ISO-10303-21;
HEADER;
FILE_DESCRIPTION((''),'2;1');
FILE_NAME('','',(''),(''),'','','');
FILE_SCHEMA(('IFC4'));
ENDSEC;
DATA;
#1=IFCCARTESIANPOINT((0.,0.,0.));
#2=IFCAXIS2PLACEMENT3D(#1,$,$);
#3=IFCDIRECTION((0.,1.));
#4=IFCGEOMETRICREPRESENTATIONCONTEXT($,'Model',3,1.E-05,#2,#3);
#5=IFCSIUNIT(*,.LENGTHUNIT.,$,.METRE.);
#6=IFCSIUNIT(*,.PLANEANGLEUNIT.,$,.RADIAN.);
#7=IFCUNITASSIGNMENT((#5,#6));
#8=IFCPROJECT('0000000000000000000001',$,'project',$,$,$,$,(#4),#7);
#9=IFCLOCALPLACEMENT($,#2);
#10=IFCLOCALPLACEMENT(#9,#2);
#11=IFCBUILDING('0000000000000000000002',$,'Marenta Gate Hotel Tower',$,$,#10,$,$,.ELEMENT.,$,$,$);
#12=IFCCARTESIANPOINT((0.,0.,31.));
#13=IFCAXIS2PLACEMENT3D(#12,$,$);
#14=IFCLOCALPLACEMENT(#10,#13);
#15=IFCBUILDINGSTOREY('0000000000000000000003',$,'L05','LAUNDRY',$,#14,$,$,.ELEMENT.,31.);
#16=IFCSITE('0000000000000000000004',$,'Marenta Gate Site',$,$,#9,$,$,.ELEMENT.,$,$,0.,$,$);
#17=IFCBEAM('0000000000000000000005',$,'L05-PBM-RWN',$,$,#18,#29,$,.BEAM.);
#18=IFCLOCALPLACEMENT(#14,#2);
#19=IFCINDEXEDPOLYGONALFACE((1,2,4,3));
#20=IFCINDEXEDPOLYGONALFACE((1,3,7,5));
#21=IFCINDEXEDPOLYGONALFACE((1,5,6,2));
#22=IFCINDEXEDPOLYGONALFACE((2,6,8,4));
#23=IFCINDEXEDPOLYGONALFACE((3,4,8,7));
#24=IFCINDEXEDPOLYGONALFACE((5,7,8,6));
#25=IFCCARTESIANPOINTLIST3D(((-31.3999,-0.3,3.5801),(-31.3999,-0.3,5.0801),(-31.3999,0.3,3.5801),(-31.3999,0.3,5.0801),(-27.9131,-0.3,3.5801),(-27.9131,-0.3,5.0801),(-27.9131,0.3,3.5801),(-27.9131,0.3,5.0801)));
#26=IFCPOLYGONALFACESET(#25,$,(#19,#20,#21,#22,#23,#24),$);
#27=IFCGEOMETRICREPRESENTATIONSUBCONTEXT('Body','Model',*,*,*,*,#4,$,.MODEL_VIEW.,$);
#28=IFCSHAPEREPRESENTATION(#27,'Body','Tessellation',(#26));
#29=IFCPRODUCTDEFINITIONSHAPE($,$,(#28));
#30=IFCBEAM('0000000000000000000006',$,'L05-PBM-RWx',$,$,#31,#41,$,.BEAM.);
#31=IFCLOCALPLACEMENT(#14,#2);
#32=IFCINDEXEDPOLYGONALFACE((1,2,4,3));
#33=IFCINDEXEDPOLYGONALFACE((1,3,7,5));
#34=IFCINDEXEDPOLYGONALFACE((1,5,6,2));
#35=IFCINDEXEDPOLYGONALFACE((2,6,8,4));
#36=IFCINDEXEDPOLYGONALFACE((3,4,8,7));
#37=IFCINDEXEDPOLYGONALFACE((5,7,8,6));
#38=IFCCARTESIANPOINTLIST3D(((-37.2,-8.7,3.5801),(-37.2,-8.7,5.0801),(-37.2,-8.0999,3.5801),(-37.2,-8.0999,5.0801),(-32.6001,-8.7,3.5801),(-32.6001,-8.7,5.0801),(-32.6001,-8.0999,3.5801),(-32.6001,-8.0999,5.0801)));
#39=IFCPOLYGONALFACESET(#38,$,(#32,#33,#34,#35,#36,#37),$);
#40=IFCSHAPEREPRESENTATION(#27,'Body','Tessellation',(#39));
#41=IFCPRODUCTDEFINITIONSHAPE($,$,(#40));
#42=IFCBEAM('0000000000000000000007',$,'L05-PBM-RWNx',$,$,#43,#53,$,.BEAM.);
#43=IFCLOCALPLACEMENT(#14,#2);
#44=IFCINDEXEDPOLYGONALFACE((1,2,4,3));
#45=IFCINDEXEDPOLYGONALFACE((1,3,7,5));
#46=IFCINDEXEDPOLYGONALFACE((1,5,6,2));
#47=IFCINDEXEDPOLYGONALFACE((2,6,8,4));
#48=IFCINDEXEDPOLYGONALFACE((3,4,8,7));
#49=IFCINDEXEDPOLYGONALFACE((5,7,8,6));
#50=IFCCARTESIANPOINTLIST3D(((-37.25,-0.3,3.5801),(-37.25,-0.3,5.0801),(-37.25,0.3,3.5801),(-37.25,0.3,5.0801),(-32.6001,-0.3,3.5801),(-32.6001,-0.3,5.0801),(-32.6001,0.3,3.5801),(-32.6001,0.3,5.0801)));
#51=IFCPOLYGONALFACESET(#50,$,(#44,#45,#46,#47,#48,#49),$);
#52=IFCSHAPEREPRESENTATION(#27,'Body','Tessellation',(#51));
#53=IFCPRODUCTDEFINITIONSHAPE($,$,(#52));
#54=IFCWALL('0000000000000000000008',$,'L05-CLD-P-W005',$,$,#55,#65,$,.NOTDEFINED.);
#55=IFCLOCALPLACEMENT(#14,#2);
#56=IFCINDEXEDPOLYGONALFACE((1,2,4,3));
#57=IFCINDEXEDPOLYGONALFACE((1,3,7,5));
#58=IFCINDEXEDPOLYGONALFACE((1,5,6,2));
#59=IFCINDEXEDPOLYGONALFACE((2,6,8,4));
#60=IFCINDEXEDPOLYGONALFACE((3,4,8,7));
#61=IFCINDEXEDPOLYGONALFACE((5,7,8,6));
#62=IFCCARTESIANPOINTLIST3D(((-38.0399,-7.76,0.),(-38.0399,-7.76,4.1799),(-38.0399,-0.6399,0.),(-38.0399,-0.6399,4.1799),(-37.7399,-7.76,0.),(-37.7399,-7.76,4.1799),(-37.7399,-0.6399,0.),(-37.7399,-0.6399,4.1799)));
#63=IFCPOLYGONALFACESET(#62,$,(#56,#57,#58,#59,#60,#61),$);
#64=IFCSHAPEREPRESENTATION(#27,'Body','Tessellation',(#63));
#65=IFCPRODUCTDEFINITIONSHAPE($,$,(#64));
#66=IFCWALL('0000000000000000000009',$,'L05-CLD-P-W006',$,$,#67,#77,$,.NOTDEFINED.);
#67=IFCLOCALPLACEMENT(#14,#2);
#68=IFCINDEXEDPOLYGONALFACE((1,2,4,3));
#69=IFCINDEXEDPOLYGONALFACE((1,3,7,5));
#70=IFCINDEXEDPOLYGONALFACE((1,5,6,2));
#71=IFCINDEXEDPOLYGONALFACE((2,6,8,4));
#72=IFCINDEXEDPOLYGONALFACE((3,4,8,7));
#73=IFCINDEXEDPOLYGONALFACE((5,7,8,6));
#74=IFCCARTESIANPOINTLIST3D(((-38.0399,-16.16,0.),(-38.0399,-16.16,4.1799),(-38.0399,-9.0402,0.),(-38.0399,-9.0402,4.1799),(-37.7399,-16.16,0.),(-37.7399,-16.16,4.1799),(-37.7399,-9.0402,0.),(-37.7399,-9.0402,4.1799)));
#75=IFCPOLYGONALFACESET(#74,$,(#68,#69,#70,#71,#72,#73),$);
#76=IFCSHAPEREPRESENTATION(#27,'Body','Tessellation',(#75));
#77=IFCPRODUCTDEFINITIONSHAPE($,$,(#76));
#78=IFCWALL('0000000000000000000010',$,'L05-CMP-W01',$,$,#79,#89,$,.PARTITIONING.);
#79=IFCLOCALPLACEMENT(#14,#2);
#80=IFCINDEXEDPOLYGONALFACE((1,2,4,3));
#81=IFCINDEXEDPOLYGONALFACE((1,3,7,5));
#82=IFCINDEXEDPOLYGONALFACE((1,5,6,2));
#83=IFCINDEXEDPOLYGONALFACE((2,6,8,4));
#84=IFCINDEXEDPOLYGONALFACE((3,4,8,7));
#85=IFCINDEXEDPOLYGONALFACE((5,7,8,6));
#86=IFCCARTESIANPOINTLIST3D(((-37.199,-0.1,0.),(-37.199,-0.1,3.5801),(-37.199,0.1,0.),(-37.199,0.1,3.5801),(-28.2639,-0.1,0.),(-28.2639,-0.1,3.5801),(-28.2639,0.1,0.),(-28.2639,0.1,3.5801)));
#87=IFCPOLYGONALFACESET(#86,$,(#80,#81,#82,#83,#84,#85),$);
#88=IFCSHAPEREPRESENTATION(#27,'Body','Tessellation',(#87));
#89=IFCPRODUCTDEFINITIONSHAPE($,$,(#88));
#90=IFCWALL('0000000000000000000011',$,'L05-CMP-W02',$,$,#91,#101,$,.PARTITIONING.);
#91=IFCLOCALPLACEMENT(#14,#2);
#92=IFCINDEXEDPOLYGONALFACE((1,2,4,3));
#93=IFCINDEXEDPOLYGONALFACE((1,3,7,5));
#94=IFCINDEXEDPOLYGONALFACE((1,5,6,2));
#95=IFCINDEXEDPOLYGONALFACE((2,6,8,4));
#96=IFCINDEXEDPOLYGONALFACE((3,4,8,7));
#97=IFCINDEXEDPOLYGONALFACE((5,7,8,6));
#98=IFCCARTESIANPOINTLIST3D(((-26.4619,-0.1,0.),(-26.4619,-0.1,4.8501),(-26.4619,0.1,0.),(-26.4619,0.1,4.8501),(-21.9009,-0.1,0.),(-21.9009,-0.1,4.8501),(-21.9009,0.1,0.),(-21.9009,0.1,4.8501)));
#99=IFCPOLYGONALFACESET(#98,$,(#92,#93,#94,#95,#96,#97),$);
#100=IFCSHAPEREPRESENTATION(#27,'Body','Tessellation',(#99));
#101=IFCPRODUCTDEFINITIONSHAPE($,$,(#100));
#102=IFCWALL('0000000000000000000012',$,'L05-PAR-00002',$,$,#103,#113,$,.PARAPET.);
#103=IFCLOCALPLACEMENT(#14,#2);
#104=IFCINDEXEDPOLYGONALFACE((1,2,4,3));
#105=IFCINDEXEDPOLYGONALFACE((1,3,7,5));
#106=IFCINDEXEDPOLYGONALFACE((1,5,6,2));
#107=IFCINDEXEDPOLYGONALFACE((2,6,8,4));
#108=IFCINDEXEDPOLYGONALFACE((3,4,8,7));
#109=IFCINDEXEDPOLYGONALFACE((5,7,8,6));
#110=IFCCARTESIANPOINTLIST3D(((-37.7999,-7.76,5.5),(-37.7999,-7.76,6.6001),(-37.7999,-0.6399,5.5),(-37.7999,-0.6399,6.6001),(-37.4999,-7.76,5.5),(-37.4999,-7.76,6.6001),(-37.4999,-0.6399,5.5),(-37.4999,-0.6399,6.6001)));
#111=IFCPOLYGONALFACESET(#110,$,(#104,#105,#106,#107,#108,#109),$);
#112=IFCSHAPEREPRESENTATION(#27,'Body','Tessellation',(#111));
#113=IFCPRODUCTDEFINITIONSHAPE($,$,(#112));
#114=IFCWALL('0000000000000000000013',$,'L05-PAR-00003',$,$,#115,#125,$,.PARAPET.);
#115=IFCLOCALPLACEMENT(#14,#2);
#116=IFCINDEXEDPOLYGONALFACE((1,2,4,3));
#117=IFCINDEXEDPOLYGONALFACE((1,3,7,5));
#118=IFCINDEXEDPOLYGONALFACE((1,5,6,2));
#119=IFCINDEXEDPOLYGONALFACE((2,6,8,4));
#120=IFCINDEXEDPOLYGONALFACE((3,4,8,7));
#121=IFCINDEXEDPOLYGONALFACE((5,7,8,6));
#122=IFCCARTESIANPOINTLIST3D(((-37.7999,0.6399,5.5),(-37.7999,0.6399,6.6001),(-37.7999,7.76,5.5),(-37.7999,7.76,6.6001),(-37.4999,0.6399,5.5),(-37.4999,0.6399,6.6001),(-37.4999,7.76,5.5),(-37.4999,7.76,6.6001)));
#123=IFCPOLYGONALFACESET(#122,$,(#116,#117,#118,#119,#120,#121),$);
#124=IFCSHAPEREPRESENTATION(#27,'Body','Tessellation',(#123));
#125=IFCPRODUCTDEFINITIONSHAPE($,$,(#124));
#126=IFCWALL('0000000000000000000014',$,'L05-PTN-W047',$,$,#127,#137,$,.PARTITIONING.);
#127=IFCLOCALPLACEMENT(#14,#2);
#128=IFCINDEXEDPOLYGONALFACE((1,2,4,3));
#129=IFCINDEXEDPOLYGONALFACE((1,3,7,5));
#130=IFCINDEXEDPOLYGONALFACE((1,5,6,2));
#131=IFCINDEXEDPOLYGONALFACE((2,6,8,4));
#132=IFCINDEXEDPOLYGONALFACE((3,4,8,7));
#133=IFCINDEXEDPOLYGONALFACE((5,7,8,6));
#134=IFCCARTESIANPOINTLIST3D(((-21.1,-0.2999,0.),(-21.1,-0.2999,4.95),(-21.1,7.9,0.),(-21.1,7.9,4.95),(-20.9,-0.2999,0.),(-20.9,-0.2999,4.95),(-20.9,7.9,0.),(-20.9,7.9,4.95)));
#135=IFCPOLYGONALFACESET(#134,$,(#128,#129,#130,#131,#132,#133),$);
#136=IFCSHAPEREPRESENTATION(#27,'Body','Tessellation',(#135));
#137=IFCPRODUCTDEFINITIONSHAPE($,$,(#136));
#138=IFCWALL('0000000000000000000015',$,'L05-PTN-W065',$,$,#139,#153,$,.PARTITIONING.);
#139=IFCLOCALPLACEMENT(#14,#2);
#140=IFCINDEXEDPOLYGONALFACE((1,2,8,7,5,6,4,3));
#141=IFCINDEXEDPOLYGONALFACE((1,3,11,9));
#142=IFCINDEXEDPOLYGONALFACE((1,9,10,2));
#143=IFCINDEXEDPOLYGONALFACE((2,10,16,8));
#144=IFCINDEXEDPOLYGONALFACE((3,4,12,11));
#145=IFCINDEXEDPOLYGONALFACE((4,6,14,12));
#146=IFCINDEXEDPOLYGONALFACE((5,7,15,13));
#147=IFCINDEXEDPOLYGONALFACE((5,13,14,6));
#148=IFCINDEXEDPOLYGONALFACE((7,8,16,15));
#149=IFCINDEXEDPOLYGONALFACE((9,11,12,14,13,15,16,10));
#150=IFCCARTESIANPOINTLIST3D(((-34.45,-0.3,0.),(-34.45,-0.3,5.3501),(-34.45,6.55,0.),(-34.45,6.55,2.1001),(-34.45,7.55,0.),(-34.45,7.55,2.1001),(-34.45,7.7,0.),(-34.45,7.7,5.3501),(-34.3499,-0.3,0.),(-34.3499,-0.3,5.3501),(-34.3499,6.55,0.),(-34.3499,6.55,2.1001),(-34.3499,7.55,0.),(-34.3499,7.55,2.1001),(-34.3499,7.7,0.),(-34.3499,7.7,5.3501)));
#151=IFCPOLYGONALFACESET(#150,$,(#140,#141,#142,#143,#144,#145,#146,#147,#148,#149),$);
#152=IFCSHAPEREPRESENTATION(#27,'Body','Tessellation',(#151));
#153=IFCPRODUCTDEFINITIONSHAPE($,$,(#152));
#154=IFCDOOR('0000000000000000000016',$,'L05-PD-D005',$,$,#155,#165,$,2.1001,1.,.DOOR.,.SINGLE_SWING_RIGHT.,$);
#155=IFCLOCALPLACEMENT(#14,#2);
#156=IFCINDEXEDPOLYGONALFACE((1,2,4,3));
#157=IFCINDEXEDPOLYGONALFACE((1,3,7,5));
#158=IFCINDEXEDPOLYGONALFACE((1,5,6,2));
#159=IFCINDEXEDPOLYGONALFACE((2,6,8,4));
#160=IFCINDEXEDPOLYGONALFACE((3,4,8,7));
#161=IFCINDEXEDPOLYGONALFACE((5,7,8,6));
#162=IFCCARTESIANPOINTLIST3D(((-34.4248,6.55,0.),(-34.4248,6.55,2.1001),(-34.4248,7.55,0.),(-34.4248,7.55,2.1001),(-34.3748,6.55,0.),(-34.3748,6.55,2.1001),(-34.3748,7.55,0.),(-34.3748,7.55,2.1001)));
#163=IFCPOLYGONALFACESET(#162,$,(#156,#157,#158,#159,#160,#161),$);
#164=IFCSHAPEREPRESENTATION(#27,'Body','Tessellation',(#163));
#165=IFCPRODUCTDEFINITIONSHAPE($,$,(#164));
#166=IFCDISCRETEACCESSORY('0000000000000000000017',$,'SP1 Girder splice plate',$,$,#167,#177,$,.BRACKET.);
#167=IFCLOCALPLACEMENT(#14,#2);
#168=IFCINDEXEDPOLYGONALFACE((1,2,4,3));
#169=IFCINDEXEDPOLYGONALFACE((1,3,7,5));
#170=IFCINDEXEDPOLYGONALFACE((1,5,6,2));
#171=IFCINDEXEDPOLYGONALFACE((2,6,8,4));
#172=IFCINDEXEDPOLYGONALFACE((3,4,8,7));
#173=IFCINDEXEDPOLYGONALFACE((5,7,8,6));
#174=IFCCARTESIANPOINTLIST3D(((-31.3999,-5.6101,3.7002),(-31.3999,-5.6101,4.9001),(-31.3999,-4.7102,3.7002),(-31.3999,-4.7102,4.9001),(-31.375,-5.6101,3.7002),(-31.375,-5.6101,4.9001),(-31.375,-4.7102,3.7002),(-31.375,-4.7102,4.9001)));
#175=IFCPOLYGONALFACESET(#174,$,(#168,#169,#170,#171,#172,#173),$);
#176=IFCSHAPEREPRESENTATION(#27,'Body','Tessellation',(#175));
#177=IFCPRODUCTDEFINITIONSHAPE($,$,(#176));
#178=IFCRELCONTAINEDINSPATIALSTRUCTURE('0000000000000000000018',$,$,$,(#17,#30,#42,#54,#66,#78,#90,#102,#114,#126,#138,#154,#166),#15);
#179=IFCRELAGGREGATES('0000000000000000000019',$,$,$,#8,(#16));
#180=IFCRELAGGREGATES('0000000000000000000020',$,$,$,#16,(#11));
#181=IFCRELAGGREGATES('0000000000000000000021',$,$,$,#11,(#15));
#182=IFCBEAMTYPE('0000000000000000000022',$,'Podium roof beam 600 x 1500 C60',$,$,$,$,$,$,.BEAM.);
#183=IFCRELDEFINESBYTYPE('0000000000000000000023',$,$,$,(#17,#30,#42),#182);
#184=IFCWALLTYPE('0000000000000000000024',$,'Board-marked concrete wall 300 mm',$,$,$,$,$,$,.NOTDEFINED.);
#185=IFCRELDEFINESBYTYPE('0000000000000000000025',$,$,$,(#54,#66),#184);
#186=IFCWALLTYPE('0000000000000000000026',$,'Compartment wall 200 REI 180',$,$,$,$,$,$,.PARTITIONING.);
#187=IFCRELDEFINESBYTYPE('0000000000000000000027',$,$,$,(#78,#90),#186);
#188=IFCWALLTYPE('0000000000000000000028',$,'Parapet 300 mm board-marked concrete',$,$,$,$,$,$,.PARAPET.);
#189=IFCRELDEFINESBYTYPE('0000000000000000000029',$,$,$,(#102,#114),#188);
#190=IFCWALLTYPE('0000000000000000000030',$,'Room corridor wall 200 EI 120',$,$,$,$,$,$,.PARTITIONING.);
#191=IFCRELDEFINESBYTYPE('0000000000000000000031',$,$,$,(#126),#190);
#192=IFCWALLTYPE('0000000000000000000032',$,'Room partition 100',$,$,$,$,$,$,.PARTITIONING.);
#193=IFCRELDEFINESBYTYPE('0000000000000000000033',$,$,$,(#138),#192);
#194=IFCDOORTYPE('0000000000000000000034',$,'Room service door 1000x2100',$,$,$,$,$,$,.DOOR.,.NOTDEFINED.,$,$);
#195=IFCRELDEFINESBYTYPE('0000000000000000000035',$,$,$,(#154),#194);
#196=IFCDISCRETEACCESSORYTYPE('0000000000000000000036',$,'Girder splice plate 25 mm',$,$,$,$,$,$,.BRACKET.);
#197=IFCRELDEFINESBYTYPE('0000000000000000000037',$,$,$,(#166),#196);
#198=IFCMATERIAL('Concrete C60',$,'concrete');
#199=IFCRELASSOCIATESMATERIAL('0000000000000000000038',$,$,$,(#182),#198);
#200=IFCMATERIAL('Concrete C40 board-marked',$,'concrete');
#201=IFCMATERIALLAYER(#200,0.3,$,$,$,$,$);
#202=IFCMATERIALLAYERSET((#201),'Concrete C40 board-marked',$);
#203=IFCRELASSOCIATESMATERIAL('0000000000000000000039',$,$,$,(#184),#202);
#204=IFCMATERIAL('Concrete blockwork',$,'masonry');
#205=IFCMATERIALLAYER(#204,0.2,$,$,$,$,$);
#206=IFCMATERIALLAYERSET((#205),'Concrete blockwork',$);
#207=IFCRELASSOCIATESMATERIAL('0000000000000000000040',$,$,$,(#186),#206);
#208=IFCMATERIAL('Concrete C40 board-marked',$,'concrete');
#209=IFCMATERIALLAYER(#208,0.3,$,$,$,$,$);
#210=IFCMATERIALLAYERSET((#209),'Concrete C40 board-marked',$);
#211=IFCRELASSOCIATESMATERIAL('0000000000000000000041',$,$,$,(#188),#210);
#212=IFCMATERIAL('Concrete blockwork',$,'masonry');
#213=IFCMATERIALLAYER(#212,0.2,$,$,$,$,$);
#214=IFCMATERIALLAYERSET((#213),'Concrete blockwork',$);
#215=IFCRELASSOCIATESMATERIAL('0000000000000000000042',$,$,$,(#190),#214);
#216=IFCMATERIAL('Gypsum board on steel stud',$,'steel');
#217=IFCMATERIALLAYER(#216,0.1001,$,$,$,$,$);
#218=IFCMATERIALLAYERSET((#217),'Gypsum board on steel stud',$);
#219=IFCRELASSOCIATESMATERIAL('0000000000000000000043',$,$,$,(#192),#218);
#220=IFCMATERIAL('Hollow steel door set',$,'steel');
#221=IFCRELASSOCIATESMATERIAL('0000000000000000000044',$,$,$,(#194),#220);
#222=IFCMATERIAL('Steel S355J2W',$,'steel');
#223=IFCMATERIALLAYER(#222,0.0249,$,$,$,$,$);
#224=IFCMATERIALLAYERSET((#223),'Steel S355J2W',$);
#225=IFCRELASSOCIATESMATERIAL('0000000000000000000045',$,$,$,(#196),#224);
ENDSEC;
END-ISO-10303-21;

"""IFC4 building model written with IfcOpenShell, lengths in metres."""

from ifc_helpers import new_model, si_unit, direction, frame, frame_2d, origin, origin_2d, place, context, subcontext, project, spatial, rectangle, extrude, material, layer, layer_set, material_profile, profile_set, type_object, element, fill, save


model = new_model("IFC4")

# Units and contexts
model_context = context("Model", 3, precision=1e-05, world=origin(), true_north=direction((0.0, 1.0)))
body_context = subcontext(model_context, "Body", "Model", "MODEL_VIEW")
ifc_project = project(units=[si_unit("LENGTHUNIT", "METRE"), si_unit("PLANEANGLEUNIT", "RADIAN")], contexts=[model_context])

# Site, building, storey
site_placement = place(None, origin())
site = spatial("IfcSite", under=ifc_project, at=site_placement, Name="Marenta Gate Site", CompositionType="ELEMENT", RefElevation=0.0)
building_placement = place(site_placement, origin())
building = spatial("IfcBuilding", under=site, at=building_placement, Name="Marenta Gate Hotel Tower", CompositionType="ELEMENT")
storey_placement = place(building_placement, frame((0.0, 0.0, 31.0)))
storey = spatial("IfcBuildingStorey", under=building, at=storey_placement, Name="L05", Description="LAUNDRY", CompositionType="ELEMENT", Elevation=31.0)

# Beams
ifc_material_1 = material(Name="Concrete C60", Category="concrete")
ifc_material_profile_1 = material_profile(ifc_material_1, rectangle(XDim=0.6001, YDim=1.5, at=origin_2d()), Name="600 x 1500")
ifc_profile_set_1 = profile_set([ifc_material_profile_1], Name="Concrete C60")
beam_type_1 = type_object("IfcBeamType", Name="Podium roof beam 600 x 1500 C60", PredefinedType="BEAM", material=ifc_profile_set_1)
beam_1_placement = place(storey_placement, frame((-27.9131, 0.0, 4.3301), z_axis=(-1.0, 0.0, 0.0), x_axis=(0.0, -1.0, 0.0)))
element("IfcBeam", 1, at=beam_1_placement, inside=storey, type_object=beam_type_1, Name="L05-PBM-RWN", PredefinedType="BEAM", context=body_context, shape_type="SweptSolid", body=[
    extrude(rectangle(XDim=0.6001, YDim=1.5, at=origin_2d()), origin(), (0.0, 0.0, 1.0), 3.4868),
])
beam_2_placement = place(storey_placement, frame((-32.6001, -8.3999, 4.3301), z_axis=(-1.0, 0.0, 0.0), x_axis=(0.0, -1.0, 0.0)))
element("IfcBeam", 2, at=beam_2_placement, inside=storey, type_object=beam_type_1, Name="L05-PBM-RWx", PredefinedType="BEAM", context=body_context, shape_type="SweptSolid", body=[
    extrude(rectangle(XDim=0.6001, YDim=1.5, at=origin_2d()), origin(), (0.0, 0.0, 1.0), 4.5999),
])
beam_3_placement = place(storey_placement, frame((-32.6001, 0.0, 4.3301), z_axis=(-1.0, 0.0, 0.0), x_axis=(0.0, -1.0, 0.0)))
element("IfcBeam", 3, at=beam_3_placement, inside=storey, type_object=beam_type_1, Name="L05-PBM-RWNx", PredefinedType="BEAM", context=body_context, shape_type="SweptSolid", body=[
    extrude(rectangle(XDim=0.6001, YDim=1.5, at=origin_2d()), origin(), (0.0, 0.0, 1.0), 4.6499),
])

# Walls
ifc_material_2 = material(Name="Concrete C40 board-marked", Category="concrete")
ifc_layer_1 = layer(ifc_material_2, 0.3)
ifc_layer_set_1 = layer_set([ifc_layer_1], Name="Concrete C40 board-marked")
wall_type_1 = type_object("IfcWallType", Name="Board-marked concrete wall 300 mm", PredefinedType="NOTDEFINED", material=ifc_layer_set_1)
wall_1_placement = place(storey_placement, frame((-37.8899, -0.6399, 0.0), z_axis=(0.0, 0.0, 1.0), x_axis=(0.0, -1.0, 0.0)))
element("IfcWall", 4, at=wall_1_placement, inside=storey, type_object=wall_type_1, Name="L05-CLD-P-W005", PredefinedType="NOTDEFINED", context=body_context, shape_type="SweptSolid", body=[
    extrude(rectangle(XDim=7.1201, YDim=0.3, at=frame_2d((3.5601, 0.0))), origin(), (0.0, 0.0, 1.0), 4.1799),
])
wall_2_placement = place(storey_placement, frame((-37.8899, -9.04, 0.0), z_axis=(0.0, 0.0, 1.0), x_axis=(0.0, -1.0, 0.0)))
element("IfcWall", 5, at=wall_2_placement, inside=storey, type_object=wall_type_1, Name="L05-CLD-P-W006", PredefinedType="NOTDEFINED", context=body_context, shape_type="SweptSolid", body=[
    extrude(rectangle(XDim=7.1199, YDim=0.3, at=frame_2d((3.5601, 0.0))), origin(), (0.0, 0.0, 1.0), 4.1799),
])
ifc_material_3 = material(Name="Concrete blockwork", Category="masonry")
ifc_layer_2 = layer(ifc_material_3, 0.2)
ifc_layer_set_2 = layer_set([ifc_layer_2], Name="Concrete blockwork")
wall_type_2 = type_object("IfcWallType", Name="Compartment wall 200 REI 180", PredefinedType="PARTITIONING", material=ifc_layer_set_2)
wall_3_placement = place(storey_placement, frame((-37.199, 0.0, 0.0), z_axis=(0.0, 0.0, 1.0), x_axis=(1.0, 0.0, 0.0)))
element("IfcWall", 6, at=wall_3_placement, inside=storey, type_object=wall_type_2, Name="L05-CMP-W01", PredefinedType="PARTITIONING", context=body_context, shape_type="SweptSolid", body=[
    extrude(rectangle(XDim=8.9351, YDim=0.2, at=frame_2d((4.4675, 0.0))), origin(), (0.0, 0.0, 1.0), 3.5801),
])
wall_4_placement = place(storey_placement, frame((-26.4619, 0.0, 0.0), z_axis=(0.0, 0.0, 1.0), x_axis=(1.0, 0.0, 0.0)))
element("IfcWall", 7, at=wall_4_placement, inside=storey, type_object=wall_type_2, Name="L05-CMP-W02", PredefinedType="PARTITIONING", context=body_context, shape_type="SweptSolid", body=[
    extrude(rectangle(XDim=4.561, YDim=0.2, at=frame_2d((2.2805, 0.0))), origin(), (0.0, 0.0, 1.0), 4.8501),
])
ifc_material_4 = material(Name="Concrete C40 board-marked", Category="concrete")
ifc_layer_3 = layer(ifc_material_4, 0.3)
ifc_layer_set_3 = layer_set([ifc_layer_3], Name="Concrete C40 board-marked")
wall_type_3 = type_object("IfcWallType", Name="Parapet 300 mm board-marked concrete", PredefinedType="PARAPET", material=ifc_layer_set_3)
for number, where, z_axis, x_axis, name in (
    (8, (-37.6499, -7.76, 5.5), (0.0, 0.0, 1.0), (0.0, 1.0, 0.0), "L05-PAR-00002"),
    (9, (-37.6499, 0.6399, 5.5), (0.0, 0.0, 1.0), (0.0, 1.0, 0.0), "L05-PAR-00003"),
):
    element("IfcWall", number, at=place(storey_placement, frame(where, z_axis=z_axis, x_axis=x_axis)), inside=storey, type_object=wall_type_3, Name=name, PredefinedType="PARAPET", context=body_context, shape_type="SweptSolid", body=[
        extrude(rectangle(XDim=7.1201, YDim=0.3, at=frame_2d((3.5601, 0.0))), origin(), (0.0, 0.0, 1.0), 1.1001),
    ])
ifc_material_5 = material(Name="Concrete blockwork", Category="masonry")
ifc_layer_4 = layer(ifc_material_5, 0.2)
ifc_layer_set_4 = layer_set([ifc_layer_4], Name="Concrete blockwork")
wall_type_4 = type_object("IfcWallType", Name="Room corridor wall 200 EI 120", PredefinedType="PARTITIONING", material=ifc_layer_set_4)
wall_5_placement = place(storey_placement, frame((-21.0, -0.3, 0.0), z_axis=(0.0, 0.0, 1.0), x_axis=(0.0, 1.0, 0.0)))
element("IfcWall", 10, at=wall_5_placement, inside=storey, type_object=wall_type_4, Name="L05-PTN-W047", PredefinedType="PARTITIONING", context=body_context, shape_type="SweptSolid", body=[
    extrude(rectangle(XDim=8.2, YDim=0.2, at=frame_2d((4.1001, 0.0))), origin(), (0.0, 0.0, 1.0), 4.95),
])

# Wall, opening, door
ifc_material_6 = material(Name="Gypsum board on steel stud", Category="steel")
ifc_layer_5 = layer(ifc_material_6, 0.1001)
ifc_layer_set_5 = layer_set([ifc_layer_5], Name="Gypsum board on steel stud")
wall_type_5 = type_object("IfcWallType", Name="Room partition 100", PredefinedType="PARTITIONING", material=ifc_layer_set_5)
wall_6_placement = place(storey_placement, frame((-34.3999, -0.3, 0.0), z_axis=(0.0, 0.0, 1.0), x_axis=(0.0, 1.0, 0.0)))
wall_6 = element("IfcWall", 11, at=wall_6_placement, inside=storey, type_object=wall_type_5, Name="L05-PTN-W065", PredefinedType="PARTITIONING", context=body_context, shape_type="SweptSolid", body=[
    extrude(rectangle(XDim=8.0, YDim=0.1001, at=frame_2d((4.0, 0.0))), origin(), (0.0, 0.0, 1.0), 5.3501),
])
opening_placement = place(wall_6_placement, frame((6.8501, 0.0, 0.0)))
opening = element("IfcOpeningElement", 12, at=opening_placement, cuts=wall_6, PredefinedType="OPENING", context=body_context, shape_type="SweptSolid", body=[
    extrude(rectangle(XDim=1.0, YDim=2.1001, at=frame_2d((0.5, 1.05))), frame((0.0, 0.05, 0.0), z_axis=(0.0, -1.0, 0.0), x_axis=(1.0, 0.0, 0.0)), (0.0, 0.0, 1.0), 0.1001),
])
ifc_material_7 = material(Name="Hollow steel door set", Category="steel")
door_type = type_object("IfcDoorType", Name="Room service door 1000x2100", OperationType="NOTDEFINED", PredefinedType="DOOR", material=ifc_material_7)
door_placement = place(opening_placement, origin())
door = element("IfcDoor", 13, at=door_placement, inside=storey, type_object=door_type, Name="L05-PD-D005", OperationType="SINGLE_SWING_RIGHT", OverallHeight=2.1001, OverallWidth=1.0, PredefinedType="DOOR", context=body_context, shape_type="SweptSolid", body=[
    extrude(rectangle(XDim=1.0, YDim=2.1001, at=frame_2d((0.5, 1.05))), frame((0.0, 0.0249, 0.0), z_axis=(0.0, -1.0, 0.0), x_axis=(1.0, 0.0, 0.0)), (0.0, 0.0, 1.0), 0.05),
])
fill(opening, door)

# Discrete accessory
ifc_material_8 = material(Name="Steel S355J2W", Category="steel")
ifc_layer_6 = layer(ifc_material_8, 0.0249)
ifc_layer_set_6 = layer_set([ifc_layer_6], Name="Steel S355J2W")
discrete_accessory_type_1 = type_object("IfcDiscreteAccessoryType", Name="Girder splice plate 25 mm", PredefinedType="BRACKET", material=ifc_layer_set_6)
for number, where, z_axis, x_axis, name in (
    (14, (-31.3875, -5.1602, 3.7002), (0.0, 0.0, 1.0), (0.0, 1.0, 0.0), "SP1 Girder splice plate"),
):
    element("IfcDiscreteAccessory", number, at=place(storey_placement, frame(where, z_axis=z_axis, x_axis=x_axis)), inside=storey, type_object=discrete_accessory_type_1, Name=name, PredefinedType="BRACKET", context=body_context, shape_type="SweptSolid", body=[
        extrude(rectangle(XDim=0.8999, YDim=0.0249, at=origin_2d()), origin(), (0.0, 0.0, 1.0), 1.2),
    ])

save(model, "model.ifc")
